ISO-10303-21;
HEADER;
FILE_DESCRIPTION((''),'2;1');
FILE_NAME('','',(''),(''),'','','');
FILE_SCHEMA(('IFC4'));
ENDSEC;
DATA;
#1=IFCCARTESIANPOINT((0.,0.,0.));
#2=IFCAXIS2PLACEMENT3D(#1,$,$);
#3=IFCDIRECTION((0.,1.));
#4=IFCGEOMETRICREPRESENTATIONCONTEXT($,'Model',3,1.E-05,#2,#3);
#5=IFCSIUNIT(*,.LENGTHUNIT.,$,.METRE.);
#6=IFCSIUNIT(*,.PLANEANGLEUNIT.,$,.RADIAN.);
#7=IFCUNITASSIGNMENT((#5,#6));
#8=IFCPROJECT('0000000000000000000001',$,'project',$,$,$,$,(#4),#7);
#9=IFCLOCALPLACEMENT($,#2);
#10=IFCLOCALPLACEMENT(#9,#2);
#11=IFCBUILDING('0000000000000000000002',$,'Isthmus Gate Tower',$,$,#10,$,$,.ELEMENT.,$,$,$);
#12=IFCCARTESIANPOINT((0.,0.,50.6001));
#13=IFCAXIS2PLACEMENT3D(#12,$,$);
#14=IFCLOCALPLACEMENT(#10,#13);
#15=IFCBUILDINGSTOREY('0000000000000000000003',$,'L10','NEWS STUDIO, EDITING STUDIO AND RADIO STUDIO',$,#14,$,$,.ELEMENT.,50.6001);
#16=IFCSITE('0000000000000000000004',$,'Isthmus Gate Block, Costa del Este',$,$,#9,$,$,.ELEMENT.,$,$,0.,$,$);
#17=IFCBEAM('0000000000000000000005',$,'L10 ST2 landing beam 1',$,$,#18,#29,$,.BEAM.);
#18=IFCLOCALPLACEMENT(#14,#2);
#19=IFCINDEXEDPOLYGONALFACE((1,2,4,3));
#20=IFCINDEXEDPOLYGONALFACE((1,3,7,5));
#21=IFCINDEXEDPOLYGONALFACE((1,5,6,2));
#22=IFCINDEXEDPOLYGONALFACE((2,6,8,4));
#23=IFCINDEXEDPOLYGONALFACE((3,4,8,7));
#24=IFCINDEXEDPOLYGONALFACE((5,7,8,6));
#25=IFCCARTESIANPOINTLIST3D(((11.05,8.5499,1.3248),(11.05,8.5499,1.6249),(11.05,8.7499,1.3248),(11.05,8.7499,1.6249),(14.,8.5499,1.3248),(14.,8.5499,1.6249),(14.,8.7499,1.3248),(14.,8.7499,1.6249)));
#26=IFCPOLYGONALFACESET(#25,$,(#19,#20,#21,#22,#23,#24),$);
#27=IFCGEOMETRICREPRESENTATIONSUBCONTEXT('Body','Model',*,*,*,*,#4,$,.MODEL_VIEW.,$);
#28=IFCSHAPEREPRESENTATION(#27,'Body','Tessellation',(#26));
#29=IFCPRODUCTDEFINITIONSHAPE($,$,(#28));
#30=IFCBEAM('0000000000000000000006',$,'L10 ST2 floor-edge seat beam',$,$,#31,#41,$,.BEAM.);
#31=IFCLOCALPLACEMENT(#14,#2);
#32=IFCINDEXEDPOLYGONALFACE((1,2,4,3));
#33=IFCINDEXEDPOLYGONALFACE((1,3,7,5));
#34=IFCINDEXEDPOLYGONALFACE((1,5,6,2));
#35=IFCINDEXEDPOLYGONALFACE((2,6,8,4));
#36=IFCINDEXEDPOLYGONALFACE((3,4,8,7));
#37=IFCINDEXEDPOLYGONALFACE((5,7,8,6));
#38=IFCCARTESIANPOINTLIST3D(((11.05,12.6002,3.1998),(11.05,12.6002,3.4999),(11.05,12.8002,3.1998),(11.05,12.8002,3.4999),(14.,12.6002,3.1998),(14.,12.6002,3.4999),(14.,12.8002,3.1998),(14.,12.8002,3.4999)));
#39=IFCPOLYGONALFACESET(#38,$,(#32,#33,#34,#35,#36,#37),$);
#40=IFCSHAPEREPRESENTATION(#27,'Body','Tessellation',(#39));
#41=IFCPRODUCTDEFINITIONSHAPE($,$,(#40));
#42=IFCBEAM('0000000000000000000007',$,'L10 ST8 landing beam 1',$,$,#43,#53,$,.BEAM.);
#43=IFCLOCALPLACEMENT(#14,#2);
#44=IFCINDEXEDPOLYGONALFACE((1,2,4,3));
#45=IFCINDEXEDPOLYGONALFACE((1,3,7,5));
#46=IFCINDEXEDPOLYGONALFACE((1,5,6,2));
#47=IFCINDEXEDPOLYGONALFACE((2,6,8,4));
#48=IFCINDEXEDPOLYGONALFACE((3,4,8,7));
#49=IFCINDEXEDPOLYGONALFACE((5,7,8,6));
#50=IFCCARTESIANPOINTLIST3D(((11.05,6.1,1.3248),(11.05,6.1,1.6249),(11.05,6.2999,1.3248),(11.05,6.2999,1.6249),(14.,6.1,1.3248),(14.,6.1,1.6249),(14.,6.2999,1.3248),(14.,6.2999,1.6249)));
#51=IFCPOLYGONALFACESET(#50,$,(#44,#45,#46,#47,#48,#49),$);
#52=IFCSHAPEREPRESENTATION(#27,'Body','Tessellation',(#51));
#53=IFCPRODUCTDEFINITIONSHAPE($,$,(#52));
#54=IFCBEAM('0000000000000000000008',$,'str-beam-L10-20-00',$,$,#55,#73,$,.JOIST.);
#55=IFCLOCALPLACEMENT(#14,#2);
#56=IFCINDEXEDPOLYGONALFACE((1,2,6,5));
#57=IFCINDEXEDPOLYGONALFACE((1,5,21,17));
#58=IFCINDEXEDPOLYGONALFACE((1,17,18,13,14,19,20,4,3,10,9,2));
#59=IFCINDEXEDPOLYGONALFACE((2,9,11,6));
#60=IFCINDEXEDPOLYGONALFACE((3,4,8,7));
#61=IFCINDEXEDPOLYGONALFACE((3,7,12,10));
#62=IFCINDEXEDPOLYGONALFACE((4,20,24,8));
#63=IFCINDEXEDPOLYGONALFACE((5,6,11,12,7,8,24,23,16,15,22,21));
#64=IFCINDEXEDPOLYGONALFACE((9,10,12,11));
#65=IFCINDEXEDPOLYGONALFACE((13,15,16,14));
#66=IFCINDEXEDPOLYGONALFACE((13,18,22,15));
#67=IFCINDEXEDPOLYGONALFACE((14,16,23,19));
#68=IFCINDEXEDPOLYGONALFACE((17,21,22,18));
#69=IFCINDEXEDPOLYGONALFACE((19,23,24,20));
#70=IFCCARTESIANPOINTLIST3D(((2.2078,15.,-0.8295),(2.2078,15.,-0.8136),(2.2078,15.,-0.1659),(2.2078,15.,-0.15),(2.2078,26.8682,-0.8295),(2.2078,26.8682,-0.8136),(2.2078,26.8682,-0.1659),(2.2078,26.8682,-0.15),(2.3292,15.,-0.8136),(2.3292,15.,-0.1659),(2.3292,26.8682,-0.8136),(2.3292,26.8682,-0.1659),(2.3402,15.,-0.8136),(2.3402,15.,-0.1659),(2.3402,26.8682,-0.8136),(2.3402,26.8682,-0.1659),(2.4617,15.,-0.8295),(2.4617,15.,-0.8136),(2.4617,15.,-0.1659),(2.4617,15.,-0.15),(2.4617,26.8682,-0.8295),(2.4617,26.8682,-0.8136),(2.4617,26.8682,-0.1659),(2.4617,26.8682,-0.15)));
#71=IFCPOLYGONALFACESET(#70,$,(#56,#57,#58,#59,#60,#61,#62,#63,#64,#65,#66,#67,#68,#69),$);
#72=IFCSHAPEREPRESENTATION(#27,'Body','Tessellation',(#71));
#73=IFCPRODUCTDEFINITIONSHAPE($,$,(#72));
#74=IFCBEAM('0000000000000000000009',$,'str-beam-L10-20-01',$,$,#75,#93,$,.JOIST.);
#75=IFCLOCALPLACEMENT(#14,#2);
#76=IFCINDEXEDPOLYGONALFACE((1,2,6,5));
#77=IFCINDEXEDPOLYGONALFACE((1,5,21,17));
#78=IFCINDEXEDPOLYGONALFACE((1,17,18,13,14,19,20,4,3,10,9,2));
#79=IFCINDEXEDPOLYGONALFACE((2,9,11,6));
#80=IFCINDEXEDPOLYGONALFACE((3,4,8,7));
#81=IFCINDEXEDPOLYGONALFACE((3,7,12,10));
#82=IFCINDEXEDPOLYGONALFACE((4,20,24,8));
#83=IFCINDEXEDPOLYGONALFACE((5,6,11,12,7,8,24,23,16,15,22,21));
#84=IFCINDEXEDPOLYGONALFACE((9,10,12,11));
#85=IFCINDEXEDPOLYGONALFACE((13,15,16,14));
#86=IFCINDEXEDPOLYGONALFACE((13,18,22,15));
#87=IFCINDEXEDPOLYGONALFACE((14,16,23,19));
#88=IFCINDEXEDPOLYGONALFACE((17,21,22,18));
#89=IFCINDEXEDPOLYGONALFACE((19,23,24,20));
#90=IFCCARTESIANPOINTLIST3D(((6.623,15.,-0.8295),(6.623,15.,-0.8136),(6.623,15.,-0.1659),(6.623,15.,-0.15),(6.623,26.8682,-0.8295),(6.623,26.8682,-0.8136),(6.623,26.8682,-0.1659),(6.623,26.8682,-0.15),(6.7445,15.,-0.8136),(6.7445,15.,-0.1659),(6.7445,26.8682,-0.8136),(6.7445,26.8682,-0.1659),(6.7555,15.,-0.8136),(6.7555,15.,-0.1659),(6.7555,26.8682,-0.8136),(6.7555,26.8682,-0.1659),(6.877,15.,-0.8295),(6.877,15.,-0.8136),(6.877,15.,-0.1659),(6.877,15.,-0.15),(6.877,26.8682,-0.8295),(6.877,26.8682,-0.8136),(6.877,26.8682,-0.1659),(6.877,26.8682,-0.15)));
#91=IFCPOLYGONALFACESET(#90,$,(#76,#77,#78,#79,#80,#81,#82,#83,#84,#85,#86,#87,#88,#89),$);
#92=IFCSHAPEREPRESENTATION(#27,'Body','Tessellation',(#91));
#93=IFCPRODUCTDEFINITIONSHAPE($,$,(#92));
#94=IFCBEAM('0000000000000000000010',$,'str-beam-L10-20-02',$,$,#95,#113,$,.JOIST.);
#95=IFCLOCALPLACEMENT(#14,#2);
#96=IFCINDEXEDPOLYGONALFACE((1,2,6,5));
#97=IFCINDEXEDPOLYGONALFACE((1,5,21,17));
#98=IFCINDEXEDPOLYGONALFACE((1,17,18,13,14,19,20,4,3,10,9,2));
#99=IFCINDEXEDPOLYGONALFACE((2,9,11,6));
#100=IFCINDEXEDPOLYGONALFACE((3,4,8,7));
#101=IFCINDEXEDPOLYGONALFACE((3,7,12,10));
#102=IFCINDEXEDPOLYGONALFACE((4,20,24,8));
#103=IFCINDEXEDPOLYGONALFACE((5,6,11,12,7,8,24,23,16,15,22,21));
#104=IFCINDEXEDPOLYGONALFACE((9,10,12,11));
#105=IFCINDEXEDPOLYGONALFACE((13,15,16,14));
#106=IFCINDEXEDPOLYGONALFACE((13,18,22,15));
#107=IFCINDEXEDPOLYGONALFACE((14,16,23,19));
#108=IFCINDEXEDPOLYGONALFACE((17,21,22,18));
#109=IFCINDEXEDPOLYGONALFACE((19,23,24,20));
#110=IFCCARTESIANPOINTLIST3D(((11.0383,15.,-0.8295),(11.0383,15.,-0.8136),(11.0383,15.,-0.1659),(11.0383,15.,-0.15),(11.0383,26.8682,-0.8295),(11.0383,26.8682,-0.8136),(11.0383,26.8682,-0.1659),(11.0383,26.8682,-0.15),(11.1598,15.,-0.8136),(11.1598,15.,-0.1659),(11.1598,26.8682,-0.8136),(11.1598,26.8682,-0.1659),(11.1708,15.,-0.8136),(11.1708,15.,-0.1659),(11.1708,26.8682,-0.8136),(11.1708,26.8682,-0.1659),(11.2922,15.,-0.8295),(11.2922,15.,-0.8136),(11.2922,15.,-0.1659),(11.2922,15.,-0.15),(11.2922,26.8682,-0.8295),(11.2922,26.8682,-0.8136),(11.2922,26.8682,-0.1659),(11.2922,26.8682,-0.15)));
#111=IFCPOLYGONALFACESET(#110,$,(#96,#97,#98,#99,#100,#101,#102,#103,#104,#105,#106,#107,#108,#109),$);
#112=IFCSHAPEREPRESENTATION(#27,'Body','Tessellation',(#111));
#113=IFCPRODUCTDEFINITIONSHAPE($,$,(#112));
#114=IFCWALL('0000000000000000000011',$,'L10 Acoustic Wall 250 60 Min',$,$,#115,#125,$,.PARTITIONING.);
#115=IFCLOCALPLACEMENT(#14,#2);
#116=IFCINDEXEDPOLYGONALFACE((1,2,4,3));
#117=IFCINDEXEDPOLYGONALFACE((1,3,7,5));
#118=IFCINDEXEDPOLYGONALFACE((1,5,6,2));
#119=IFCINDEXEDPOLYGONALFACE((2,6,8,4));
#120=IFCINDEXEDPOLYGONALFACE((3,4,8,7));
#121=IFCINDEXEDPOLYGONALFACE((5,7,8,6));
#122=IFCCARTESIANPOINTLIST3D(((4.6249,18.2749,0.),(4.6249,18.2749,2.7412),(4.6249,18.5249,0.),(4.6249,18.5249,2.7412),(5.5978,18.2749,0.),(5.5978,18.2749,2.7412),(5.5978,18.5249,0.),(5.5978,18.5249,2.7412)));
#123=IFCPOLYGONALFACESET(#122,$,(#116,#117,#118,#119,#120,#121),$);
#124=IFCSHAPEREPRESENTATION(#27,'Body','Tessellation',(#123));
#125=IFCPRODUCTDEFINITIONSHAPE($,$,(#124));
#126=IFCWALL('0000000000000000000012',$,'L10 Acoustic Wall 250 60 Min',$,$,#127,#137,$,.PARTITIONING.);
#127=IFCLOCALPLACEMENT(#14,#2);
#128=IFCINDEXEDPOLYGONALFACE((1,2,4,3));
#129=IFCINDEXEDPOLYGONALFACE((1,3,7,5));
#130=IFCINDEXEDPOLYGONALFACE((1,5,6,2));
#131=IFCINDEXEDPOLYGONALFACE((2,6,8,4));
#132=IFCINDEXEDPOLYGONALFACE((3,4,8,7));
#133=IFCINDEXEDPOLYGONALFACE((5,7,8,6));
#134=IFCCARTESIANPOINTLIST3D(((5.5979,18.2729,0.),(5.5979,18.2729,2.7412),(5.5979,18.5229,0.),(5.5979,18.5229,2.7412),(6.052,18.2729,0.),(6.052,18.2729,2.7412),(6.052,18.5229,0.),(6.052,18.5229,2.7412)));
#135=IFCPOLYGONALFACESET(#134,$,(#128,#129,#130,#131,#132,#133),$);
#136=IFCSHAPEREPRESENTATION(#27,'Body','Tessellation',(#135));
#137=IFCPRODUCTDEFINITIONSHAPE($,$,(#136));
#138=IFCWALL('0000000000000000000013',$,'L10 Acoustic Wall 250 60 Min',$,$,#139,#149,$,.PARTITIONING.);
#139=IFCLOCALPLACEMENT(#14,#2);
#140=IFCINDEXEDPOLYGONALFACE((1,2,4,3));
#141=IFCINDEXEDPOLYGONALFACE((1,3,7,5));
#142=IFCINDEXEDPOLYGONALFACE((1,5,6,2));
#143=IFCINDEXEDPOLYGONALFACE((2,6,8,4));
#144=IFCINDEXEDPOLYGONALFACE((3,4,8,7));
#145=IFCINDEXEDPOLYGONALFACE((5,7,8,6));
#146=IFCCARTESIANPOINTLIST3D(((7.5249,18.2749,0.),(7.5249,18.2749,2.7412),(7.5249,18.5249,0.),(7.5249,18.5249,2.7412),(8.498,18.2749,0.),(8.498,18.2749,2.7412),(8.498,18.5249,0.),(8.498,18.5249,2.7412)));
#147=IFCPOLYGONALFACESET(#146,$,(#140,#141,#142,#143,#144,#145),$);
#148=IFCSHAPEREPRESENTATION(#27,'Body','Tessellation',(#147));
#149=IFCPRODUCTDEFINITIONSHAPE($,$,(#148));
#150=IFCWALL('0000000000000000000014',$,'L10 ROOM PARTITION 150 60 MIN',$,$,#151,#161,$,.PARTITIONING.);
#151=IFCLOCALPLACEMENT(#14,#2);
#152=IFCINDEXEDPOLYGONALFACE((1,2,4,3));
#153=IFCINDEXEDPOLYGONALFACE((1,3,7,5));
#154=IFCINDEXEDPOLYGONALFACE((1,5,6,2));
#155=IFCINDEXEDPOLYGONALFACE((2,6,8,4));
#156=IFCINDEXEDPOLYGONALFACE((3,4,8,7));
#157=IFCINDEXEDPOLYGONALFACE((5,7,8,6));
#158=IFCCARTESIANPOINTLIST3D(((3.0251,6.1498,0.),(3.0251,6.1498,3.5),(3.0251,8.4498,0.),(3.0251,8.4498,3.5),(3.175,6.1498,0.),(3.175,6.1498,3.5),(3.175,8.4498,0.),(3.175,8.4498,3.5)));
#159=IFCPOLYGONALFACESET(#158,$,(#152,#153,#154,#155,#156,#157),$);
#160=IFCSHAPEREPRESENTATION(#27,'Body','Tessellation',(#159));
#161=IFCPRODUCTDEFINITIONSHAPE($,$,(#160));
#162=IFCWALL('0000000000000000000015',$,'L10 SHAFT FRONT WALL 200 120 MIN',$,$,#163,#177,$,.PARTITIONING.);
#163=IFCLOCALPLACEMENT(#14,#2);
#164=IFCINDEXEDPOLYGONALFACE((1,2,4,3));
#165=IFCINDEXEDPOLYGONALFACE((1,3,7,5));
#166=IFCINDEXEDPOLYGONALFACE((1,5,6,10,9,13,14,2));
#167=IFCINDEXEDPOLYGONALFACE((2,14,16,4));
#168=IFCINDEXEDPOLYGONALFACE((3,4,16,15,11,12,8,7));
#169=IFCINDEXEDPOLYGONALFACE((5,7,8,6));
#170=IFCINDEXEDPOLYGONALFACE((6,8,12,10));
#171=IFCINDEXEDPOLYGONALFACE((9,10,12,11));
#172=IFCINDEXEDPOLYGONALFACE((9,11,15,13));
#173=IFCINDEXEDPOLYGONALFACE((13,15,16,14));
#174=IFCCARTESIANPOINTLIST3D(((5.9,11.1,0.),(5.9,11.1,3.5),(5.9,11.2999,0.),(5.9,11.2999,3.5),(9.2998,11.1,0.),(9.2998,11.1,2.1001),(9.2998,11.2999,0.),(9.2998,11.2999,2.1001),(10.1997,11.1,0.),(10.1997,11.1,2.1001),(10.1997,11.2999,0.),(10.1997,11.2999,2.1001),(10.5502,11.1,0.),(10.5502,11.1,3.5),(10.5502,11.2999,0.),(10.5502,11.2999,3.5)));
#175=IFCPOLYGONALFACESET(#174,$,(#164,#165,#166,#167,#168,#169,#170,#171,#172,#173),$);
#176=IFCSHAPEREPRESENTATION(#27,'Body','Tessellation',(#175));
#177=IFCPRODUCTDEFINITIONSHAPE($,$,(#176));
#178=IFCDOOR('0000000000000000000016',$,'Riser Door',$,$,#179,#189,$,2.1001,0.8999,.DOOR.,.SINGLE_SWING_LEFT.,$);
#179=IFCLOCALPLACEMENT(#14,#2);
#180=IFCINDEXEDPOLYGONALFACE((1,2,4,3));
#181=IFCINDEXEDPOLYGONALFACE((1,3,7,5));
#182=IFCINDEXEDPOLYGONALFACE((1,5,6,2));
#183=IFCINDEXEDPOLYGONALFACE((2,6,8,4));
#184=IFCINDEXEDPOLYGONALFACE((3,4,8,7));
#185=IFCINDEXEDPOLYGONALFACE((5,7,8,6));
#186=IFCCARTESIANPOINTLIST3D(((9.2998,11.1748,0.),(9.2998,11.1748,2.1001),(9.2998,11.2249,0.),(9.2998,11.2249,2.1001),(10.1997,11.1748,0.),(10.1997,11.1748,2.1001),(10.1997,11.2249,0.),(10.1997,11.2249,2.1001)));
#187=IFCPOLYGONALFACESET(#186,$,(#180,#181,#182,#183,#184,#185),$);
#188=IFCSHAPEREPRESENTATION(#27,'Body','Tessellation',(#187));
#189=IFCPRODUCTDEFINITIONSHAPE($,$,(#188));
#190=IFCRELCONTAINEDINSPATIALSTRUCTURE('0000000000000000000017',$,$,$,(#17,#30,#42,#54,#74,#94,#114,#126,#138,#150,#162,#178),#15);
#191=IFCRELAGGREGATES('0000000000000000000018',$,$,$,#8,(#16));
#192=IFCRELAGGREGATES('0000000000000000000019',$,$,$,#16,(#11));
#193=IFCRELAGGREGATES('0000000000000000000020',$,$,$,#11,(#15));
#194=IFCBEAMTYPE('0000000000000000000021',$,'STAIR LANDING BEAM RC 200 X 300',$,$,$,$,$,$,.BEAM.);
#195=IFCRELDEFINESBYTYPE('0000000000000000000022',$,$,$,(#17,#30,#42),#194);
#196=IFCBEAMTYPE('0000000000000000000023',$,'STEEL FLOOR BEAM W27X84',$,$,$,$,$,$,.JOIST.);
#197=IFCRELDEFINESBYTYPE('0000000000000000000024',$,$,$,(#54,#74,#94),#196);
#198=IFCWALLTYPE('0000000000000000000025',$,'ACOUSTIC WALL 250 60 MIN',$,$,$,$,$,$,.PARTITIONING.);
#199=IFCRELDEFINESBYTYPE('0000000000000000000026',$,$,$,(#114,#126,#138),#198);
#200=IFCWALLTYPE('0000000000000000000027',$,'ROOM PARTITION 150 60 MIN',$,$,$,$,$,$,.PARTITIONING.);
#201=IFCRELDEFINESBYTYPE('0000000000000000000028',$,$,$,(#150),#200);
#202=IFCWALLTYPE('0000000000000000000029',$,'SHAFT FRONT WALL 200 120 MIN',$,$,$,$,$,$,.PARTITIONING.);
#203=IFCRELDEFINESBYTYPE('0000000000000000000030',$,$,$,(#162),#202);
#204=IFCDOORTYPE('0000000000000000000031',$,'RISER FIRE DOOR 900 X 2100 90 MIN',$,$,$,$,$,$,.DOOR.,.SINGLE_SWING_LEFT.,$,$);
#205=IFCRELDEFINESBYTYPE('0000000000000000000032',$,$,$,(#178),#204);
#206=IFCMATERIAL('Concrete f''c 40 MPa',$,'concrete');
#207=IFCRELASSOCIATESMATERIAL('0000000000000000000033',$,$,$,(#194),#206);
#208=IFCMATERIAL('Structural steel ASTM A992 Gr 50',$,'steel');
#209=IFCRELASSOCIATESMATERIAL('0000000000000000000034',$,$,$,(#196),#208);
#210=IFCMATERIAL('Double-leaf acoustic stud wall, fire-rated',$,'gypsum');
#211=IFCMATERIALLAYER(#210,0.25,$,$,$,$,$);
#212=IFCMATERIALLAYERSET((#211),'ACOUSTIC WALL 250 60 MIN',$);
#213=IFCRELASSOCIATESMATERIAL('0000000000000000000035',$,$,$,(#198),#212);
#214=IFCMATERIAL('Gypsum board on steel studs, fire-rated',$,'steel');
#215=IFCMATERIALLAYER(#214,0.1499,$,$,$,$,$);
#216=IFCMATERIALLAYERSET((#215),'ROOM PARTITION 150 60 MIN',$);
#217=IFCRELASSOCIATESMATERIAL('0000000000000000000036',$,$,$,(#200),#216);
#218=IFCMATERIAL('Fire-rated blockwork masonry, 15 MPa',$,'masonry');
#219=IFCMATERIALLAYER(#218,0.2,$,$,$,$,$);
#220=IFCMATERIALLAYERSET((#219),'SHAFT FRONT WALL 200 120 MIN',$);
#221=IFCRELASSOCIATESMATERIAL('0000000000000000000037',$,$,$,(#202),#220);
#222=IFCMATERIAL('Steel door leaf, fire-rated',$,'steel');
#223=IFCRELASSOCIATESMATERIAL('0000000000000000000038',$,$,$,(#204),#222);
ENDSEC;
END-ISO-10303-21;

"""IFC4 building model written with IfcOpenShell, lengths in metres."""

from ifc_helpers import new_model, si_unit, direction, frame, frame_2d, origin, origin_2d, place, context, subcontext, project, spatial, rectangle, i_section, extrude, material, layer, layer_set, material_profile, profile_set, type_object, element, fill, save


model = new_model("IFC4")

# Units and contexts
model_context = context("Model", 3, precision=1e-05, world=origin(), true_north=direction((0.0, 1.0)))
body_context = subcontext(model_context, "Body", "Model", "MODEL_VIEW")
ifc_project = project(units=[si_unit("LENGTHUNIT", "METRE"), si_unit("PLANEANGLEUNIT", "RADIAN")], contexts=[model_context])

# Site, building, storey
site_placement = place(None, origin())
site = spatial("IfcSite", under=ifc_project, at=site_placement, Name="Isthmus Gate Block, Costa del Este", CompositionType="ELEMENT", RefElevation=0.0)
building_placement = place(site_placement, origin())
building = spatial("IfcBuilding", under=site, at=building_placement, Name="Isthmus Gate Tower", CompositionType="ELEMENT")
storey_placement = place(building_placement, frame((0.0, 0.0, 50.6001)))
storey = spatial("IfcBuildingStorey", under=building, at=storey_placement, Name="L10", Description="NEWS STUDIO, EDITING STUDIO AND RADIO STUDIO", CompositionType="ELEMENT", Elevation=50.6001)

# Beams
ifc_material_1 = material(Name="Concrete f'c 40 MPa", Category="concrete")
ifc_material_profile_1 = material_profile(ifc_material_1, rectangle(XDim=0.2, YDim=0.3, at=origin_2d()), Name="STAIR LANDING BEAM RC 200 X 300")
ifc_profile_set_1 = profile_set([ifc_material_profile_1], Name="Concrete f'c 40 MPa")
beam_type_1 = type_object("IfcBeamType", Name="STAIR LANDING BEAM RC 200 X 300", PredefinedType="BEAM", material=ifc_profile_set_1)
for number, where, z_axis, x_axis, name in (
    (1, (11.05, 8.6499, 1.4749), (1.0, 0.0, 0.0), (0.0, 1.0, 0.0), "L10 ST2 landing beam 1"),
    (2, (11.05, 12.7002, 3.3499), (1.0, 0.0, 0.0), (0.0, 1.0, 0.0), "L10 ST2 floor-edge seat beam"),
    (3, (11.05, 6.2, 1.4749), (1.0, 0.0, 0.0), (0.0, 1.0, 0.0), "L10 ST8 landing beam 1"),
):
    element("IfcBeam", number, at=place(storey_placement, frame(where, z_axis=z_axis, x_axis=x_axis)), inside=storey, type_object=beam_type_1, Name=name, PredefinedType="BEAM", context=body_context, shape_type="SweptSolid", body=[
        extrude(rectangle(XDim=0.2, YDim=0.3, at=origin_2d()), origin(), (0.0, 0.0, 1.0), 2.95),
    ])
ifc_material_2 = material(Name="Structural steel ASTM A992 Gr 50", Category="steel")
ifc_material_profile_2 = material_profile(ifc_material_2, i_section(OverallWidth=0.2539, OverallDepth=0.6794, WebThickness=0.011, FlangeThickness=0.0159, at=origin_2d()), Name="W27X84")
ifc_profile_set_2 = profile_set([ifc_material_profile_2], Name="Structural steel ASTM A992 Gr 50")
beam_type_2 = type_object("IfcBeamType", Name="STEEL FLOOR BEAM W27X84", PredefinedType="JOIST", material=ifc_profile_set_2)
for number, where, z_axis, x_axis, name in (
    (4, (2.3347, 15.0, -0.4897), (0.0, 1.0, 0.0), (-1.0, 0.0, 0.0), "str-beam-L10-20-00"),
    (5, (6.75, 15.0, -0.4897), (0.0, 1.0, 0.0), (-1.0, 0.0, 0.0), "str-beam-L10-20-01"),
    (6, (11.1653, 15.0, -0.4897), (0.0, 1.0, 0.0), (-1.0, 0.0, 0.0), "str-beam-L10-20-02"),
):
    element("IfcBeam", number, at=place(storey_placement, frame(where, z_axis=z_axis, x_axis=x_axis)), inside=storey, type_object=beam_type_2, Name=name, PredefinedType="JOIST", context=body_context, shape_type="SweptSolid", body=[
        extrude(i_section(OverallWidth=0.2539, OverallDepth=0.6794, WebThickness=0.011, FlangeThickness=0.0159, at=origin_2d()), origin(), (0.0, 0.0, 1.0), 11.8682),
    ])

# Walls
ifc_material_3 = material(Name="Double-leaf acoustic stud wall, fire-rated", Category="gypsum")
ifc_layer_1 = layer(ifc_material_3, 0.25)
ifc_layer_set_1 = layer_set([ifc_layer_1], Name="ACOUSTIC WALL 250 60 MIN")
wall_type_1 = type_object("IfcWallType", Name="ACOUSTIC WALL 250 60 MIN", PredefinedType="PARTITIONING", material=ifc_layer_set_1)
wall_1_placement = place(storey_placement, frame((4.625, 18.3999, 0.0), z_axis=(0.0, 0.0, 1.0), x_axis=(1.0, 0.0, 0.0)))
element("IfcWall", 7, at=wall_1_placement, inside=storey, type_object=wall_type_1, Name="L10 Acoustic Wall 250 60 Min", PredefinedType="PARTITIONING", context=body_context, shape_type="SweptSolid", body=[
    extrude(rectangle(XDim=0.9729, YDim=0.25, at=frame_2d((0.4863, 0.0))), origin(), (0.0, 0.0, 1.0), 2.7412),
])
wall_2_placement = place(storey_placement, frame((5.5979, 18.3979, 0.0), z_axis=(0.0, 0.0, 1.0), x_axis=(1.0, 0.0, 0.0)))
element("IfcWall", 8, at=wall_2_placement, inside=storey, type_object=wall_type_1, Name="L10 Acoustic Wall 250 60 Min", PredefinedType="PARTITIONING", context=body_context, shape_type="SweptSolid", body=[
    extrude(rectangle(XDim=0.4541, YDim=0.25, at=frame_2d((0.2271, 0.0))), origin(), (0.0, 0.0, 1.0), 2.7412),
])
wall_3_placement = place(storey_placement, frame((7.5249, 18.3999, 0.0), z_axis=(0.0, 0.0, 1.0), x_axis=(1.0, 0.0, 0.0)))
element("IfcWall", 9, at=wall_3_placement, inside=storey, type_object=wall_type_1, Name="L10 Acoustic Wall 250 60 Min", PredefinedType="PARTITIONING", context=body_context, shape_type="SweptSolid", body=[
    extrude(rectangle(XDim=0.9731, YDim=0.25, at=frame_2d((0.4866, 0.0))), origin(), (0.0, 0.0, 1.0), 2.7412),
])
ifc_material_4 = material(Name="Gypsum board on steel studs, fire-rated", Category="steel")
ifc_layer_2 = layer(ifc_material_4, 0.1499)
ifc_layer_set_2 = layer_set([ifc_layer_2], Name="ROOM PARTITION 150 60 MIN")
wall_type_2 = type_object("IfcWallType", Name="ROOM PARTITION 150 60 MIN", PredefinedType="PARTITIONING", material=ifc_layer_set_2)
wall_4_placement = place(storey_placement, frame((3.1001, 6.1499, 0.0), z_axis=(0.0, 0.0, 1.0), x_axis=(0.0, 1.0, 0.0)))
element("IfcWall", 10, at=wall_4_placement, inside=storey, type_object=wall_type_2, Name="L10 ROOM PARTITION 150 60 MIN", PredefinedType="PARTITIONING", context=body_context, shape_type="SweptSolid", body=[
    extrude(rectangle(XDim=2.3, YDim=0.1499, at=frame_2d((1.1499, 0.0))), origin(), (0.0, 0.0, 1.0), 3.5),
])

# Wall, opening, door
ifc_material_5 = material(Name="Fire-rated blockwork masonry, 15 MPa", Category="masonry")
ifc_layer_3 = layer(ifc_material_5, 0.2)
ifc_layer_set_3 = layer_set([ifc_layer_3], Name="SHAFT FRONT WALL 200 120 MIN")
wall_type_3 = type_object("IfcWallType", Name="SHAFT FRONT WALL 200 120 MIN", PredefinedType="PARTITIONING", material=ifc_layer_set_3)
wall_5_placement = place(storey_placement, frame((5.8999, 11.2, 0.0), z_axis=(0.0, 0.0, 1.0), x_axis=(1.0, 0.0, 0.0)))
wall_5 = element("IfcWall", 11, at=wall_5_placement, inside=storey, type_object=wall_type_3, Name="L10 SHAFT FRONT WALL 200 120 MIN", PredefinedType="PARTITIONING", context=body_context, shape_type="SweptSolid", body=[
    extrude(rectangle(XDim=4.6501, YDim=0.2, at=frame_2d((2.3252, 0.0))), origin(), (0.0, 0.0, 1.0), 3.5),
])
opening_placement = place(wall_5_placement, frame((3.3999, 0.0, 0.0)))
opening = element("IfcOpeningElement", 12, at=opening_placement, cuts=wall_5, PredefinedType="OPENING", context=body_context, shape_type="SweptSolid", body=[
    extrude(rectangle(XDim=0.8999, YDim=2.1001, at=frame_2d((0.45, 1.05))), frame((0.0, 0.1099, 0.0), z_axis=(0.0, -1.0, 0.0), x_axis=(1.0, 0.0, 0.0)), (0.0, 0.0, 1.0), 0.22),
])
ifc_material_6 = material(Name="Steel door leaf, fire-rated", Category="steel")
door_type = type_object("IfcDoorType", Name="RISER FIRE DOOR 900 X 2100 90 MIN", OperationType="SINGLE_SWING_LEFT", PredefinedType="DOOR", material=ifc_material_6)
door_placement = place(opening_placement, origin())
door = element("IfcDoor", 13, at=door_placement, inside=storey, type_object=door_type, Name="Riser Door", OperationType="SINGLE_SWING_LEFT", OverallHeight=2.1001, OverallWidth=0.8999, PredefinedType="DOOR", context=body_context, shape_type="SweptSolid", body=[
    extrude(rectangle(XDim=0.8999, YDim=2.1001, at=frame_2d((0.45, 1.05))), frame((0.0, 0.0249, 0.0), z_axis=(0.0, -1.0, 0.0), x_axis=(1.0, 0.0, 0.0)), (0.0, 0.0, 1.0), 0.05),
])
fill(opening, door)

save(model, "model.ifc")
